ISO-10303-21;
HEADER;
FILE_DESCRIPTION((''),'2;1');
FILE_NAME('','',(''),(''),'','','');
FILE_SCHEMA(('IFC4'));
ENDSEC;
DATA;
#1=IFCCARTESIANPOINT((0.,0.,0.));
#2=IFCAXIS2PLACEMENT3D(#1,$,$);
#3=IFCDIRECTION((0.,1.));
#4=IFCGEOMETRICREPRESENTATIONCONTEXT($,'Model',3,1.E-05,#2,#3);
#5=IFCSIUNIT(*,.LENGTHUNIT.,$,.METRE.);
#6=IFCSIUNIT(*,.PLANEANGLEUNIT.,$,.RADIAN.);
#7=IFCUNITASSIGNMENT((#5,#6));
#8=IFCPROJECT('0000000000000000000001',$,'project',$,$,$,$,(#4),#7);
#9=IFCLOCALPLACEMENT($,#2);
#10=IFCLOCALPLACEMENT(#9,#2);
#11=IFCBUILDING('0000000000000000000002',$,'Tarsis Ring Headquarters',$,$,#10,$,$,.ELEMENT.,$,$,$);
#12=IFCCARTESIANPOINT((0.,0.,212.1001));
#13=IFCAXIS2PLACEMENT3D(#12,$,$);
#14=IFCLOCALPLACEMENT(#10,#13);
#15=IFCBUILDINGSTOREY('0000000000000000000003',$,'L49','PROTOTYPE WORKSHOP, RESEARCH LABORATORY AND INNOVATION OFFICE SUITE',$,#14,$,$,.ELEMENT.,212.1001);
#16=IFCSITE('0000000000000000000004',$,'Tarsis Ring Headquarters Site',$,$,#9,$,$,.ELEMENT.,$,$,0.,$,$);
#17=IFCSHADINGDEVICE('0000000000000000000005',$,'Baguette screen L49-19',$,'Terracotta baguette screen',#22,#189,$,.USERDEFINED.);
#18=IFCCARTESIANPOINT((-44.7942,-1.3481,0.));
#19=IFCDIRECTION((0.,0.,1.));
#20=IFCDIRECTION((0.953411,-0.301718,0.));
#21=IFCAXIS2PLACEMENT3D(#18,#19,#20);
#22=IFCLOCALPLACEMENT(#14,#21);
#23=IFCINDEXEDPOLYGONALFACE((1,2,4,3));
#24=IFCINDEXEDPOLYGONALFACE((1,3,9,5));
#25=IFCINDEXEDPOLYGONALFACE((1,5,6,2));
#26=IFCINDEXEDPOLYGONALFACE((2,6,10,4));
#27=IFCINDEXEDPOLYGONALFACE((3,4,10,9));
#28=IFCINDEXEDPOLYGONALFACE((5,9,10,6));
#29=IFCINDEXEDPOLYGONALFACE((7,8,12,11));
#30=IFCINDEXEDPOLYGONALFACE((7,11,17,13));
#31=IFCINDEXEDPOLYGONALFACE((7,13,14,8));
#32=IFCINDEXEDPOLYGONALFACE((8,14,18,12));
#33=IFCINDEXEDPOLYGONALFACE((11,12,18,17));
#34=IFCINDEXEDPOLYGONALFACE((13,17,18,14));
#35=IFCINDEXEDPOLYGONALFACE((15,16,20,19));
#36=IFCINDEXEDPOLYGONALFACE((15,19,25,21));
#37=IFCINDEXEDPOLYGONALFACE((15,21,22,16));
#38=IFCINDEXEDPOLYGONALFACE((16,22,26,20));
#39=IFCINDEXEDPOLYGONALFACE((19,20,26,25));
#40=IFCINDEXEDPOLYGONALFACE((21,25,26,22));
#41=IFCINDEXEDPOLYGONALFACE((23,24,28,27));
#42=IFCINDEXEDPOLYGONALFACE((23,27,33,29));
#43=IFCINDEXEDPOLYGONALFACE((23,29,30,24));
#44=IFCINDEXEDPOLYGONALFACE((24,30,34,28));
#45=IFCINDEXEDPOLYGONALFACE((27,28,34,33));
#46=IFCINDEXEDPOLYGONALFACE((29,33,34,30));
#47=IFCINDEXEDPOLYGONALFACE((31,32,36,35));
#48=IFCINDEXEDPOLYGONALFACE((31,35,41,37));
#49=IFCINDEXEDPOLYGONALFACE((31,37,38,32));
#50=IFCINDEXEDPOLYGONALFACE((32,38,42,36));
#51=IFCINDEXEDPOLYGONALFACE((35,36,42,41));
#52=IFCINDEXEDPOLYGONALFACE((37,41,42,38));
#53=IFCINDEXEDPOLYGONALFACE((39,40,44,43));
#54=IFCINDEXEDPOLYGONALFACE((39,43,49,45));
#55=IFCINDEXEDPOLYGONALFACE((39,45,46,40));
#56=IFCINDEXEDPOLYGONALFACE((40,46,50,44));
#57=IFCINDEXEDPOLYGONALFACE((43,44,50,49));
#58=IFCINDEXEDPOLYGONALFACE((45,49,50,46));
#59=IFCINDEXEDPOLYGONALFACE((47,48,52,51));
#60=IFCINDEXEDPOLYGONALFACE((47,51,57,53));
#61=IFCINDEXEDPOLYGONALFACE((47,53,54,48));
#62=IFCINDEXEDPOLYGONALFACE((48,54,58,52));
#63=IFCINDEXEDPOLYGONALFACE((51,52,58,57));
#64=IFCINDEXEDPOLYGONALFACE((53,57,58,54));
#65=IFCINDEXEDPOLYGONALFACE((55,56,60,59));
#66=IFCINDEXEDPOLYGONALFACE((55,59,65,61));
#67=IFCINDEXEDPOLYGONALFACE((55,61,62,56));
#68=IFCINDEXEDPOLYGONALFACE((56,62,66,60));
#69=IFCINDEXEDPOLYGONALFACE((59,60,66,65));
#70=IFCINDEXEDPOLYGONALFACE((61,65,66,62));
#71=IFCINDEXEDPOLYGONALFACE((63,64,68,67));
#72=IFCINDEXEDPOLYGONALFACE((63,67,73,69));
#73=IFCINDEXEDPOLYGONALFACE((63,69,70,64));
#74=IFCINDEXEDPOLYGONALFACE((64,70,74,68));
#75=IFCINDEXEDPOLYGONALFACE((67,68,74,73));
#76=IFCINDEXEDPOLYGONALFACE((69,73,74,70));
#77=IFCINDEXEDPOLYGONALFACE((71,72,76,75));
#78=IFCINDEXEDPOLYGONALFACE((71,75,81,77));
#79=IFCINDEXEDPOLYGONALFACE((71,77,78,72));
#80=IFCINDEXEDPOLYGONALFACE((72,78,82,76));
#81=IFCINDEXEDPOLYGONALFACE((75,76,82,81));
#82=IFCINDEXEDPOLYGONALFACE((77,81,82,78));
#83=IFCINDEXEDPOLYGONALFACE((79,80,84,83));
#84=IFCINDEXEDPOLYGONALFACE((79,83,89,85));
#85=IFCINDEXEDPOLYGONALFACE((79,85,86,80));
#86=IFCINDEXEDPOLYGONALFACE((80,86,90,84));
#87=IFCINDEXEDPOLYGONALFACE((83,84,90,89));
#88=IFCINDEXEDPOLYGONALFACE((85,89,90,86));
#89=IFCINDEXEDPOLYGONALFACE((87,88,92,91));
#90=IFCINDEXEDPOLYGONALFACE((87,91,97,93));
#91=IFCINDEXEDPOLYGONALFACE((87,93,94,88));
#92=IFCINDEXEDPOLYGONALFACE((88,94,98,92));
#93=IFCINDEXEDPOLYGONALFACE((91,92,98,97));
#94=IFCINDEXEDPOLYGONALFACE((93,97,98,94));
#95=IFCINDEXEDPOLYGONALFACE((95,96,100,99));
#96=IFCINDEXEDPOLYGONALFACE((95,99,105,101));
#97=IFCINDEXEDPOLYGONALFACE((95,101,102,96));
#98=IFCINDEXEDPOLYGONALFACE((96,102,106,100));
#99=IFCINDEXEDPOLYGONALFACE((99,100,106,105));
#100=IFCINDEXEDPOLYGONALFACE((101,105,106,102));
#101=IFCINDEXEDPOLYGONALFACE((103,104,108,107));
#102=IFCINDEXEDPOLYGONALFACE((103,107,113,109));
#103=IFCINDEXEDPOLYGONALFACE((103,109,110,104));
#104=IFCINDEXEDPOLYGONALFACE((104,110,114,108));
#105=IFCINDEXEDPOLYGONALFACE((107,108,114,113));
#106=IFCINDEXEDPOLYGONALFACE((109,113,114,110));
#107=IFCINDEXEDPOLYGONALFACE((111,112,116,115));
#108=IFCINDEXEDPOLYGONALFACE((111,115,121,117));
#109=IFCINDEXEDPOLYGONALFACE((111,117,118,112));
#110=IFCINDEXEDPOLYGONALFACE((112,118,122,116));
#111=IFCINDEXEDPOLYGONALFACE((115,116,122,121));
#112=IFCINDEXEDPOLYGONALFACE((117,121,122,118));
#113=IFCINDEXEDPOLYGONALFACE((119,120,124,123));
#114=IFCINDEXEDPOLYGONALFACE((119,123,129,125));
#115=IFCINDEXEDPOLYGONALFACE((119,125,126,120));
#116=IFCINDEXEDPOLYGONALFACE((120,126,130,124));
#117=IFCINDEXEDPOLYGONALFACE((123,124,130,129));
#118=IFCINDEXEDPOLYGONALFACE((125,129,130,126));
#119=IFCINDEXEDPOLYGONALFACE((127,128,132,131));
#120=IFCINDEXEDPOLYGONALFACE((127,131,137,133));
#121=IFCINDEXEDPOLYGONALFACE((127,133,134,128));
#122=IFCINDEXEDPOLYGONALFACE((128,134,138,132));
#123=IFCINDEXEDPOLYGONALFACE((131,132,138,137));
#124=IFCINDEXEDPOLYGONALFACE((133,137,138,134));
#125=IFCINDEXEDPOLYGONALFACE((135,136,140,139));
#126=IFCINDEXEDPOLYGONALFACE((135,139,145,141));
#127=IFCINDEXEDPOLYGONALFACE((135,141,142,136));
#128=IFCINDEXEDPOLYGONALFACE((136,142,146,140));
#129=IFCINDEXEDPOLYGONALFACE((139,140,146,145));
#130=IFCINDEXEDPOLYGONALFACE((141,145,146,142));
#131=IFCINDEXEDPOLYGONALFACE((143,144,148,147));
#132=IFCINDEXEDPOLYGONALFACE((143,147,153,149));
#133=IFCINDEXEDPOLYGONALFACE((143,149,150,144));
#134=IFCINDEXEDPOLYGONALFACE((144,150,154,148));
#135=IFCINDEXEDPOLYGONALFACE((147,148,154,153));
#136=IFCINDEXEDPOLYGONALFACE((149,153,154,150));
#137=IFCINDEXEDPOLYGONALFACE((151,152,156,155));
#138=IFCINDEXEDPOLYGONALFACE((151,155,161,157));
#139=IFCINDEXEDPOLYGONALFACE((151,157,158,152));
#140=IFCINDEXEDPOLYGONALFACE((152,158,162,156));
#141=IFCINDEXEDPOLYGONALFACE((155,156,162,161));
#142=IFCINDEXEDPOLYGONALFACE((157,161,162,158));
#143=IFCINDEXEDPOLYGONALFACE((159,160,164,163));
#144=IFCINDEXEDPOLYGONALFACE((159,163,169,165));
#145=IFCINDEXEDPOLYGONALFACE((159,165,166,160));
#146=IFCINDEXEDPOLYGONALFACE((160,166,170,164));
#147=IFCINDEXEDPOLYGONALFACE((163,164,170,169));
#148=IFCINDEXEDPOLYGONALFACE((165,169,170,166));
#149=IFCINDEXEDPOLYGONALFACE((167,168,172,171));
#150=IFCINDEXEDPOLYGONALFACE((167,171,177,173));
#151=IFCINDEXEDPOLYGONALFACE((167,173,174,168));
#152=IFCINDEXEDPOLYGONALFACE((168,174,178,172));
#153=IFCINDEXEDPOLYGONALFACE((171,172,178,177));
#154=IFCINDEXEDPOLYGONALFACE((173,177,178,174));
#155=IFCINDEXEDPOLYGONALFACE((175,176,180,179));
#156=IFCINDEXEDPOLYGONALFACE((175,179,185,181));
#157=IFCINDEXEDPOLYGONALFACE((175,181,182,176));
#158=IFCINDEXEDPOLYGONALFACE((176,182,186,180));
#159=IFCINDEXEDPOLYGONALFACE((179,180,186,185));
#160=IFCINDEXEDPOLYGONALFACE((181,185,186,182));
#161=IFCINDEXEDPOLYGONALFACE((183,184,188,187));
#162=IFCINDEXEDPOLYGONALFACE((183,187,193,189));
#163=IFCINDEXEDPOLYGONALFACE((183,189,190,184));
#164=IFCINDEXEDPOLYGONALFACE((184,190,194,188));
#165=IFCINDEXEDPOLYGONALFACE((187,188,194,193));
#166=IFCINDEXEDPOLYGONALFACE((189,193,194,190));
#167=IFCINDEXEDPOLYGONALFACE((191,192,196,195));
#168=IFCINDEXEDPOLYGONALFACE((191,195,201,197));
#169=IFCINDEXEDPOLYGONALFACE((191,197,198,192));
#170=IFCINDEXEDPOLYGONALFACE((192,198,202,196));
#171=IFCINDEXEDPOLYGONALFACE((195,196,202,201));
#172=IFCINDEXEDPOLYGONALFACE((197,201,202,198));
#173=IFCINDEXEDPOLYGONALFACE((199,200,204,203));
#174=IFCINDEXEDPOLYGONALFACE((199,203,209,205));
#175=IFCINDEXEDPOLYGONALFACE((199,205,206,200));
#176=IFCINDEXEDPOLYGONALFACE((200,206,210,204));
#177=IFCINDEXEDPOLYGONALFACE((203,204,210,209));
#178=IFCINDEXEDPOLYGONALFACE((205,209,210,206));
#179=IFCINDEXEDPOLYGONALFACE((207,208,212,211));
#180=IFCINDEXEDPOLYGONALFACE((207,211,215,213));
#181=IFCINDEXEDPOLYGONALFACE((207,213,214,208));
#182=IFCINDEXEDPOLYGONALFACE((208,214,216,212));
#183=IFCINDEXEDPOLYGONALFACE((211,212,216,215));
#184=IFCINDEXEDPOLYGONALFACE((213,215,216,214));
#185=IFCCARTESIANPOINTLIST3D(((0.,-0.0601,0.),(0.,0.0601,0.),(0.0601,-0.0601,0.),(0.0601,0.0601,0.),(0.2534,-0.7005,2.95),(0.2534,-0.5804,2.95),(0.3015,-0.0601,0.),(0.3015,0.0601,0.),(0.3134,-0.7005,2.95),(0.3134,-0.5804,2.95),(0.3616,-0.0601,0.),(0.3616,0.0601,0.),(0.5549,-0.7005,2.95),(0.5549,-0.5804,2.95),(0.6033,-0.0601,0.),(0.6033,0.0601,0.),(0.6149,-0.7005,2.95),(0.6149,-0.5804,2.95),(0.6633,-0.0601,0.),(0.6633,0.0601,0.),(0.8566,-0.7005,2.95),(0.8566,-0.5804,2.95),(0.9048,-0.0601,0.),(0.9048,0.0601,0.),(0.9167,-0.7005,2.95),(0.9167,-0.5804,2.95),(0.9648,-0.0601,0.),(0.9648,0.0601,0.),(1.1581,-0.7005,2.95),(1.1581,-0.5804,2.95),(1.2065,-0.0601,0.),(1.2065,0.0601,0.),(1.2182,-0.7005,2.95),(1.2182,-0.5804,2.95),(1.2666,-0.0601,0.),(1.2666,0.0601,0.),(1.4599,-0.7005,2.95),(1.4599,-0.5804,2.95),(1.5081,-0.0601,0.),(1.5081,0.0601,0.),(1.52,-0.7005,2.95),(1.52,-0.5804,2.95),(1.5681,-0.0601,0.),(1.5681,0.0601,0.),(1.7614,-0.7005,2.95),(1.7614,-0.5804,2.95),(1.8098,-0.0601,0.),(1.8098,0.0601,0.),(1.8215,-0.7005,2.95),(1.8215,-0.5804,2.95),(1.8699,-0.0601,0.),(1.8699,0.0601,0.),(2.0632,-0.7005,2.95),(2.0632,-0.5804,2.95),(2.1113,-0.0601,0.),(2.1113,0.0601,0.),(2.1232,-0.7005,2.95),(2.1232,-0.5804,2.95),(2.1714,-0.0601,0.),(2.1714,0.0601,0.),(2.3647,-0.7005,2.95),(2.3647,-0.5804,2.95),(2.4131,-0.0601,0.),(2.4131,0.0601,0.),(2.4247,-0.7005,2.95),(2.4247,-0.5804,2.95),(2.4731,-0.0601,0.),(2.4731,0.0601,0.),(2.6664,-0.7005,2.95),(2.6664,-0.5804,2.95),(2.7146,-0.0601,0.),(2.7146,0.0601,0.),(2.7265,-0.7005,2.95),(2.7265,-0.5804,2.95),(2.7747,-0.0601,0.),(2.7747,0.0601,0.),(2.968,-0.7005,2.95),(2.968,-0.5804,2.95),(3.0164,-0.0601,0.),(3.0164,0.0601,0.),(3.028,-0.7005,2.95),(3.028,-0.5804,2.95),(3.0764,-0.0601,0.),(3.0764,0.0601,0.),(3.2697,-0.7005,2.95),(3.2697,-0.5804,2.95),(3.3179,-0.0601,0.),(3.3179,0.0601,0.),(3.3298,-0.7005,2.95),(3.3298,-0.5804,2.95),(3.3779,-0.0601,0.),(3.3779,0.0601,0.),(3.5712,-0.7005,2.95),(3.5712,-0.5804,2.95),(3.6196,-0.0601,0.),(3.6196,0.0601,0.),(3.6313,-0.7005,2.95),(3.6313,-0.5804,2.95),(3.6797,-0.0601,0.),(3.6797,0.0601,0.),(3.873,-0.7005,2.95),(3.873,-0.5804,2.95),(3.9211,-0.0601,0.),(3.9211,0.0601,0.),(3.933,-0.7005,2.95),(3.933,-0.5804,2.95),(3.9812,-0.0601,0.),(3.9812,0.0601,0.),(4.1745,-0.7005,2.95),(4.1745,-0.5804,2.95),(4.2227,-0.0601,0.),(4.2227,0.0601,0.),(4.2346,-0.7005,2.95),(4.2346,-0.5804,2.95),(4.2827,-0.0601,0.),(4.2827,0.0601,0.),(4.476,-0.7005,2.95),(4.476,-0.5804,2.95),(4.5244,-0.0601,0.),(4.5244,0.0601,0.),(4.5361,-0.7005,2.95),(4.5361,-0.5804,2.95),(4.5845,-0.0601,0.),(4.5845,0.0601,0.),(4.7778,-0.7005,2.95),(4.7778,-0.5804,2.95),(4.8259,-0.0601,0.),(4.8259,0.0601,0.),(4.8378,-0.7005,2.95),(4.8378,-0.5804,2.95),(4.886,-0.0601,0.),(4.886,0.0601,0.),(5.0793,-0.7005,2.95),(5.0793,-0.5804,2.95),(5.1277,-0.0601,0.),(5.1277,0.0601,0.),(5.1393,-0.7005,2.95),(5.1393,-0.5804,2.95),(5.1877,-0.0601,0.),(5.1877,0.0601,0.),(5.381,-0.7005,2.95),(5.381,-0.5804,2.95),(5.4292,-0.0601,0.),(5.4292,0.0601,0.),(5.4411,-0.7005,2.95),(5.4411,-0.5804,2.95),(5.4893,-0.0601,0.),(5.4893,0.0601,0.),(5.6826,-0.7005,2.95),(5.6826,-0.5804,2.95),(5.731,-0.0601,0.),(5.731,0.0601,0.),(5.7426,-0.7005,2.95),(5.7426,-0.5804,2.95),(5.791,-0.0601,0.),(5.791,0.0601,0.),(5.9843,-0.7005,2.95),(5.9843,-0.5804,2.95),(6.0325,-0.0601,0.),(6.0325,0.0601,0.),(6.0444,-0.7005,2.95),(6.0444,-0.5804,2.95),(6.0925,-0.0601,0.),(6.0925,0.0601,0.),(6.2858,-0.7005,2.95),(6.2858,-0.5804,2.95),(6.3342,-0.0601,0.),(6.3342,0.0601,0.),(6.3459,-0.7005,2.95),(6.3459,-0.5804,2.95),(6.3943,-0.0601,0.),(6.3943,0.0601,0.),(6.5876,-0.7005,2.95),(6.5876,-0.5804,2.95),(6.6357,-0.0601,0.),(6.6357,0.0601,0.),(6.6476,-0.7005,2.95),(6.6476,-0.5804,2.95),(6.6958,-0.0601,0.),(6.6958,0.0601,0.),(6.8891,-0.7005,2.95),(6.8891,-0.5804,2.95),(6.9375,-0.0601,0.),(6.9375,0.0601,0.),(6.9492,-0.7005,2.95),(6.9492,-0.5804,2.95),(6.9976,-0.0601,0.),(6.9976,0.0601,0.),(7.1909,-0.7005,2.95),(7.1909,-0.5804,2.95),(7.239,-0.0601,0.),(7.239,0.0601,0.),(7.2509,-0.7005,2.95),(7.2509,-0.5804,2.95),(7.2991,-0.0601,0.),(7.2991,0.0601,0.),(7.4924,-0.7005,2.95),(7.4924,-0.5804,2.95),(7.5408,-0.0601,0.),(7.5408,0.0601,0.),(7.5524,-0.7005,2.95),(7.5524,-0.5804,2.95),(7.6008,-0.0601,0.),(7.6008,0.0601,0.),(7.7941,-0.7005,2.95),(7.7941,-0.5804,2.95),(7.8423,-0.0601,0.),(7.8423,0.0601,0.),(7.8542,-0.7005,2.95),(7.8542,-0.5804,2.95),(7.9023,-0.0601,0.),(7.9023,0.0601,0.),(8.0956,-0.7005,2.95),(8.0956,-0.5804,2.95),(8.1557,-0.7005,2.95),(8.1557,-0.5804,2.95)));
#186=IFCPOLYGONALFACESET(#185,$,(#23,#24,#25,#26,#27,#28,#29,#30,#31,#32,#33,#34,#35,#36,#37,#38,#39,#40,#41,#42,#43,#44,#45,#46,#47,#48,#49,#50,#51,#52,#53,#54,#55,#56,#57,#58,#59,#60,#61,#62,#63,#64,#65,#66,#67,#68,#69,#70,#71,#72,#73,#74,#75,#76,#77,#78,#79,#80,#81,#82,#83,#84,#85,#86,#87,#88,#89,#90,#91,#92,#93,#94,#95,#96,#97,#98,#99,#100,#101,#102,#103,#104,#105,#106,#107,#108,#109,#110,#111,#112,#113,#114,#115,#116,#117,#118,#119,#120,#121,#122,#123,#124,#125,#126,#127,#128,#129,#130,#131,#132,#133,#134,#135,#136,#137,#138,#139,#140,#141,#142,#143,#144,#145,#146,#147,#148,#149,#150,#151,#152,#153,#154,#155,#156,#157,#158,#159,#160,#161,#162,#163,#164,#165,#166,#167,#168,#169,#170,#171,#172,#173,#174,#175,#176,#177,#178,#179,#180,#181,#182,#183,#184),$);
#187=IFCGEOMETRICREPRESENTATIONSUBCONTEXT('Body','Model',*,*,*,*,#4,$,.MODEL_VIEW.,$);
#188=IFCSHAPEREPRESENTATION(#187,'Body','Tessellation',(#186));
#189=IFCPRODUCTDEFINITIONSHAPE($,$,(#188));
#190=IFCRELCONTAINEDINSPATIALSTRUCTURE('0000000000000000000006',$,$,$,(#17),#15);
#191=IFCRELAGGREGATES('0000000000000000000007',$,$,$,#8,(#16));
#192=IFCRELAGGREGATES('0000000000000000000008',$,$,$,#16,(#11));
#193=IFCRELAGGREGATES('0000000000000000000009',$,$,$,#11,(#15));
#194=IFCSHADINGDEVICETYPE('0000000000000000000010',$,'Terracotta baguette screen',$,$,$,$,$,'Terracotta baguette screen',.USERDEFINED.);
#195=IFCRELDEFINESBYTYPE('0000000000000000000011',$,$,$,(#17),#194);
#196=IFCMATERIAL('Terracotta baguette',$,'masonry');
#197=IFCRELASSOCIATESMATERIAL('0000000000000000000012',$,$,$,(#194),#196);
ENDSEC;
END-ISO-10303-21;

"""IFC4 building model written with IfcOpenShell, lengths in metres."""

from ifc_helpers import new_model, si_unit, direction, frame, frame_2d, origin, place, context, subcontext, project, spatial, rectangle, composite_profile, extrude, material, type_object, element, save


model = new_model("IFC4")

# Units and contexts
model_context = context("Model", 3, precision=1e-05, world=origin(), true_north=direction((0.0, 1.0)))
body_context = subcontext(model_context, "Body", "Model", "MODEL_VIEW")
ifc_project = project(units=[si_unit("LENGTHUNIT", "METRE"), si_unit("PLANEANGLEUNIT", "RADIAN")], contexts=[model_context])

# Site, building, storey
site_placement = place(None, origin())
site = spatial("IfcSite", under=ifc_project, at=site_placement, Name="Tarsis Ring Headquarters Site", CompositionType="ELEMENT", RefElevation=0.0)
building_placement = place(site_placement, origin())
building = spatial("IfcBuilding", under=site, at=building_placement, Name="Tarsis Ring Headquarters", CompositionType="ELEMENT")
storey_placement = place(building_placement, frame((0.0, 0.0, 212.1001)))
storey = spatial("IfcBuildingStorey", under=building, at=storey_placement, Name="L49", Description="PROTOTYPE WORKSHOP, RESEARCH LABORATORY AND INNOVATION OFFICE SUITE", CompositionType="ELEMENT", Elevation=212.1001)

# Shading device
ifc_material_1 = material(Name="Terracotta baguette", Category="masonry")
shading_device_type_1 = type_object("IfcShadingDeviceType", Name="Terracotta baguette screen", ElementType="Terracotta baguette screen", PredefinedType="USERDEFINED", material=ifc_material_1)
shading_device_placement = place(storey_placement, frame((-44.7942, -1.3481, 0.0), z_axis=(0.0, 0.0, 1.0), x_axis=(0.953411, -0.301718, 0.0)))
element("IfcShadingDevice", 1, at=shading_device_placement, inside=storey, type_object=shading_device_type_1, Name="Baguette screen L49-19", ObjectType="Terracotta baguette screen", PredefinedType="USERDEFINED", context=body_context, shape_type="SweptSolid", body=[
    extrude(composite_profile([rectangle(XDim=0.0601, YDim=0.1201, at=frame_2d((0.03, 0.0))), rectangle(XDim=0.0601, YDim=0.1201, at=frame_2d((0.3315, 0.0))), rectangle(XDim=0.0601, YDim=0.1201, at=frame_2d((0.6333, 0.0))), rectangle(XDim=0.0601, YDim=0.1201, at=frame_2d((0.9348, 0.0))), rectangle(XDim=0.0601, YDim=0.1201, at=frame_2d((1.2366, 0.0))), rectangle(XDim=0.0601, YDim=0.1201, at=frame_2d((1.5381, 0.0))), rectangle(XDim=0.0601, YDim=0.1201, at=frame_2d((1.8398, 0.0))), rectangle(XDim=0.0601, YDim=0.1201, at=frame_2d((2.1414, 0.0))), rectangle(XDim=0.0601, YDim=0.1201, at=frame_2d((2.4431, 0.0))), rectangle(XDim=0.0601, YDim=0.1201, at=frame_2d((2.7446, 0.0))), rectangle(XDim=0.0601, YDim=0.1201, at=frame_2d((3.0464, 0.0))), rectangle(XDim=0.0601, YDim=0.1201, at=frame_2d((3.3479, 0.0))), rectangle(XDim=0.0601, YDim=0.1201, at=frame_2d((3.6497, 0.0))), rectangle(XDim=0.0601, YDim=0.1201, at=frame_2d((3.9512, 0.0))), rectangle(XDim=0.0601, YDim=0.1201, at=frame_2d((4.2527, 0.0))), rectangle(XDim=0.0601, YDim=0.1201, at=frame_2d((4.5544, 0.0))), rectangle(XDim=0.0601, YDim=0.1201, at=frame_2d((4.856, 0.0))), rectangle(XDim=0.0601, YDim=0.1201, at=frame_2d((5.1577, 0.0))), rectangle(XDim=0.0601, YDim=0.1201, at=frame_2d((5.4592, 0.0))), rectangle(XDim=0.0601, YDim=0.1201, at=frame_2d((5.761, 0.0))), rectangle(XDim=0.0601, YDim=0.1201, at=frame_2d((6.0625, 0.0))), rectangle(XDim=0.0601, YDim=0.1201, at=frame_2d((6.3643, 0.0))), rectangle(XDim=0.0601, YDim=0.1201, at=frame_2d((6.6658, 0.0))), rectangle(XDim=0.0601, YDim=0.1201, at=frame_2d((6.9675, 0.0))), rectangle(XDim=0.0601, YDim=0.1201, at=frame_2d((7.269, 0.0))), rectangle(XDim=0.0601, YDim=0.1201, at=frame_2d((7.5708, 0.0))), rectangle(XDim=0.0601, YDim=0.1201, at=frame_2d((7.8723, 0.0)))]), origin(), (0.083636, -0.211416, 0.973811), 3.0293),
])

save(model, "model.ifc")
